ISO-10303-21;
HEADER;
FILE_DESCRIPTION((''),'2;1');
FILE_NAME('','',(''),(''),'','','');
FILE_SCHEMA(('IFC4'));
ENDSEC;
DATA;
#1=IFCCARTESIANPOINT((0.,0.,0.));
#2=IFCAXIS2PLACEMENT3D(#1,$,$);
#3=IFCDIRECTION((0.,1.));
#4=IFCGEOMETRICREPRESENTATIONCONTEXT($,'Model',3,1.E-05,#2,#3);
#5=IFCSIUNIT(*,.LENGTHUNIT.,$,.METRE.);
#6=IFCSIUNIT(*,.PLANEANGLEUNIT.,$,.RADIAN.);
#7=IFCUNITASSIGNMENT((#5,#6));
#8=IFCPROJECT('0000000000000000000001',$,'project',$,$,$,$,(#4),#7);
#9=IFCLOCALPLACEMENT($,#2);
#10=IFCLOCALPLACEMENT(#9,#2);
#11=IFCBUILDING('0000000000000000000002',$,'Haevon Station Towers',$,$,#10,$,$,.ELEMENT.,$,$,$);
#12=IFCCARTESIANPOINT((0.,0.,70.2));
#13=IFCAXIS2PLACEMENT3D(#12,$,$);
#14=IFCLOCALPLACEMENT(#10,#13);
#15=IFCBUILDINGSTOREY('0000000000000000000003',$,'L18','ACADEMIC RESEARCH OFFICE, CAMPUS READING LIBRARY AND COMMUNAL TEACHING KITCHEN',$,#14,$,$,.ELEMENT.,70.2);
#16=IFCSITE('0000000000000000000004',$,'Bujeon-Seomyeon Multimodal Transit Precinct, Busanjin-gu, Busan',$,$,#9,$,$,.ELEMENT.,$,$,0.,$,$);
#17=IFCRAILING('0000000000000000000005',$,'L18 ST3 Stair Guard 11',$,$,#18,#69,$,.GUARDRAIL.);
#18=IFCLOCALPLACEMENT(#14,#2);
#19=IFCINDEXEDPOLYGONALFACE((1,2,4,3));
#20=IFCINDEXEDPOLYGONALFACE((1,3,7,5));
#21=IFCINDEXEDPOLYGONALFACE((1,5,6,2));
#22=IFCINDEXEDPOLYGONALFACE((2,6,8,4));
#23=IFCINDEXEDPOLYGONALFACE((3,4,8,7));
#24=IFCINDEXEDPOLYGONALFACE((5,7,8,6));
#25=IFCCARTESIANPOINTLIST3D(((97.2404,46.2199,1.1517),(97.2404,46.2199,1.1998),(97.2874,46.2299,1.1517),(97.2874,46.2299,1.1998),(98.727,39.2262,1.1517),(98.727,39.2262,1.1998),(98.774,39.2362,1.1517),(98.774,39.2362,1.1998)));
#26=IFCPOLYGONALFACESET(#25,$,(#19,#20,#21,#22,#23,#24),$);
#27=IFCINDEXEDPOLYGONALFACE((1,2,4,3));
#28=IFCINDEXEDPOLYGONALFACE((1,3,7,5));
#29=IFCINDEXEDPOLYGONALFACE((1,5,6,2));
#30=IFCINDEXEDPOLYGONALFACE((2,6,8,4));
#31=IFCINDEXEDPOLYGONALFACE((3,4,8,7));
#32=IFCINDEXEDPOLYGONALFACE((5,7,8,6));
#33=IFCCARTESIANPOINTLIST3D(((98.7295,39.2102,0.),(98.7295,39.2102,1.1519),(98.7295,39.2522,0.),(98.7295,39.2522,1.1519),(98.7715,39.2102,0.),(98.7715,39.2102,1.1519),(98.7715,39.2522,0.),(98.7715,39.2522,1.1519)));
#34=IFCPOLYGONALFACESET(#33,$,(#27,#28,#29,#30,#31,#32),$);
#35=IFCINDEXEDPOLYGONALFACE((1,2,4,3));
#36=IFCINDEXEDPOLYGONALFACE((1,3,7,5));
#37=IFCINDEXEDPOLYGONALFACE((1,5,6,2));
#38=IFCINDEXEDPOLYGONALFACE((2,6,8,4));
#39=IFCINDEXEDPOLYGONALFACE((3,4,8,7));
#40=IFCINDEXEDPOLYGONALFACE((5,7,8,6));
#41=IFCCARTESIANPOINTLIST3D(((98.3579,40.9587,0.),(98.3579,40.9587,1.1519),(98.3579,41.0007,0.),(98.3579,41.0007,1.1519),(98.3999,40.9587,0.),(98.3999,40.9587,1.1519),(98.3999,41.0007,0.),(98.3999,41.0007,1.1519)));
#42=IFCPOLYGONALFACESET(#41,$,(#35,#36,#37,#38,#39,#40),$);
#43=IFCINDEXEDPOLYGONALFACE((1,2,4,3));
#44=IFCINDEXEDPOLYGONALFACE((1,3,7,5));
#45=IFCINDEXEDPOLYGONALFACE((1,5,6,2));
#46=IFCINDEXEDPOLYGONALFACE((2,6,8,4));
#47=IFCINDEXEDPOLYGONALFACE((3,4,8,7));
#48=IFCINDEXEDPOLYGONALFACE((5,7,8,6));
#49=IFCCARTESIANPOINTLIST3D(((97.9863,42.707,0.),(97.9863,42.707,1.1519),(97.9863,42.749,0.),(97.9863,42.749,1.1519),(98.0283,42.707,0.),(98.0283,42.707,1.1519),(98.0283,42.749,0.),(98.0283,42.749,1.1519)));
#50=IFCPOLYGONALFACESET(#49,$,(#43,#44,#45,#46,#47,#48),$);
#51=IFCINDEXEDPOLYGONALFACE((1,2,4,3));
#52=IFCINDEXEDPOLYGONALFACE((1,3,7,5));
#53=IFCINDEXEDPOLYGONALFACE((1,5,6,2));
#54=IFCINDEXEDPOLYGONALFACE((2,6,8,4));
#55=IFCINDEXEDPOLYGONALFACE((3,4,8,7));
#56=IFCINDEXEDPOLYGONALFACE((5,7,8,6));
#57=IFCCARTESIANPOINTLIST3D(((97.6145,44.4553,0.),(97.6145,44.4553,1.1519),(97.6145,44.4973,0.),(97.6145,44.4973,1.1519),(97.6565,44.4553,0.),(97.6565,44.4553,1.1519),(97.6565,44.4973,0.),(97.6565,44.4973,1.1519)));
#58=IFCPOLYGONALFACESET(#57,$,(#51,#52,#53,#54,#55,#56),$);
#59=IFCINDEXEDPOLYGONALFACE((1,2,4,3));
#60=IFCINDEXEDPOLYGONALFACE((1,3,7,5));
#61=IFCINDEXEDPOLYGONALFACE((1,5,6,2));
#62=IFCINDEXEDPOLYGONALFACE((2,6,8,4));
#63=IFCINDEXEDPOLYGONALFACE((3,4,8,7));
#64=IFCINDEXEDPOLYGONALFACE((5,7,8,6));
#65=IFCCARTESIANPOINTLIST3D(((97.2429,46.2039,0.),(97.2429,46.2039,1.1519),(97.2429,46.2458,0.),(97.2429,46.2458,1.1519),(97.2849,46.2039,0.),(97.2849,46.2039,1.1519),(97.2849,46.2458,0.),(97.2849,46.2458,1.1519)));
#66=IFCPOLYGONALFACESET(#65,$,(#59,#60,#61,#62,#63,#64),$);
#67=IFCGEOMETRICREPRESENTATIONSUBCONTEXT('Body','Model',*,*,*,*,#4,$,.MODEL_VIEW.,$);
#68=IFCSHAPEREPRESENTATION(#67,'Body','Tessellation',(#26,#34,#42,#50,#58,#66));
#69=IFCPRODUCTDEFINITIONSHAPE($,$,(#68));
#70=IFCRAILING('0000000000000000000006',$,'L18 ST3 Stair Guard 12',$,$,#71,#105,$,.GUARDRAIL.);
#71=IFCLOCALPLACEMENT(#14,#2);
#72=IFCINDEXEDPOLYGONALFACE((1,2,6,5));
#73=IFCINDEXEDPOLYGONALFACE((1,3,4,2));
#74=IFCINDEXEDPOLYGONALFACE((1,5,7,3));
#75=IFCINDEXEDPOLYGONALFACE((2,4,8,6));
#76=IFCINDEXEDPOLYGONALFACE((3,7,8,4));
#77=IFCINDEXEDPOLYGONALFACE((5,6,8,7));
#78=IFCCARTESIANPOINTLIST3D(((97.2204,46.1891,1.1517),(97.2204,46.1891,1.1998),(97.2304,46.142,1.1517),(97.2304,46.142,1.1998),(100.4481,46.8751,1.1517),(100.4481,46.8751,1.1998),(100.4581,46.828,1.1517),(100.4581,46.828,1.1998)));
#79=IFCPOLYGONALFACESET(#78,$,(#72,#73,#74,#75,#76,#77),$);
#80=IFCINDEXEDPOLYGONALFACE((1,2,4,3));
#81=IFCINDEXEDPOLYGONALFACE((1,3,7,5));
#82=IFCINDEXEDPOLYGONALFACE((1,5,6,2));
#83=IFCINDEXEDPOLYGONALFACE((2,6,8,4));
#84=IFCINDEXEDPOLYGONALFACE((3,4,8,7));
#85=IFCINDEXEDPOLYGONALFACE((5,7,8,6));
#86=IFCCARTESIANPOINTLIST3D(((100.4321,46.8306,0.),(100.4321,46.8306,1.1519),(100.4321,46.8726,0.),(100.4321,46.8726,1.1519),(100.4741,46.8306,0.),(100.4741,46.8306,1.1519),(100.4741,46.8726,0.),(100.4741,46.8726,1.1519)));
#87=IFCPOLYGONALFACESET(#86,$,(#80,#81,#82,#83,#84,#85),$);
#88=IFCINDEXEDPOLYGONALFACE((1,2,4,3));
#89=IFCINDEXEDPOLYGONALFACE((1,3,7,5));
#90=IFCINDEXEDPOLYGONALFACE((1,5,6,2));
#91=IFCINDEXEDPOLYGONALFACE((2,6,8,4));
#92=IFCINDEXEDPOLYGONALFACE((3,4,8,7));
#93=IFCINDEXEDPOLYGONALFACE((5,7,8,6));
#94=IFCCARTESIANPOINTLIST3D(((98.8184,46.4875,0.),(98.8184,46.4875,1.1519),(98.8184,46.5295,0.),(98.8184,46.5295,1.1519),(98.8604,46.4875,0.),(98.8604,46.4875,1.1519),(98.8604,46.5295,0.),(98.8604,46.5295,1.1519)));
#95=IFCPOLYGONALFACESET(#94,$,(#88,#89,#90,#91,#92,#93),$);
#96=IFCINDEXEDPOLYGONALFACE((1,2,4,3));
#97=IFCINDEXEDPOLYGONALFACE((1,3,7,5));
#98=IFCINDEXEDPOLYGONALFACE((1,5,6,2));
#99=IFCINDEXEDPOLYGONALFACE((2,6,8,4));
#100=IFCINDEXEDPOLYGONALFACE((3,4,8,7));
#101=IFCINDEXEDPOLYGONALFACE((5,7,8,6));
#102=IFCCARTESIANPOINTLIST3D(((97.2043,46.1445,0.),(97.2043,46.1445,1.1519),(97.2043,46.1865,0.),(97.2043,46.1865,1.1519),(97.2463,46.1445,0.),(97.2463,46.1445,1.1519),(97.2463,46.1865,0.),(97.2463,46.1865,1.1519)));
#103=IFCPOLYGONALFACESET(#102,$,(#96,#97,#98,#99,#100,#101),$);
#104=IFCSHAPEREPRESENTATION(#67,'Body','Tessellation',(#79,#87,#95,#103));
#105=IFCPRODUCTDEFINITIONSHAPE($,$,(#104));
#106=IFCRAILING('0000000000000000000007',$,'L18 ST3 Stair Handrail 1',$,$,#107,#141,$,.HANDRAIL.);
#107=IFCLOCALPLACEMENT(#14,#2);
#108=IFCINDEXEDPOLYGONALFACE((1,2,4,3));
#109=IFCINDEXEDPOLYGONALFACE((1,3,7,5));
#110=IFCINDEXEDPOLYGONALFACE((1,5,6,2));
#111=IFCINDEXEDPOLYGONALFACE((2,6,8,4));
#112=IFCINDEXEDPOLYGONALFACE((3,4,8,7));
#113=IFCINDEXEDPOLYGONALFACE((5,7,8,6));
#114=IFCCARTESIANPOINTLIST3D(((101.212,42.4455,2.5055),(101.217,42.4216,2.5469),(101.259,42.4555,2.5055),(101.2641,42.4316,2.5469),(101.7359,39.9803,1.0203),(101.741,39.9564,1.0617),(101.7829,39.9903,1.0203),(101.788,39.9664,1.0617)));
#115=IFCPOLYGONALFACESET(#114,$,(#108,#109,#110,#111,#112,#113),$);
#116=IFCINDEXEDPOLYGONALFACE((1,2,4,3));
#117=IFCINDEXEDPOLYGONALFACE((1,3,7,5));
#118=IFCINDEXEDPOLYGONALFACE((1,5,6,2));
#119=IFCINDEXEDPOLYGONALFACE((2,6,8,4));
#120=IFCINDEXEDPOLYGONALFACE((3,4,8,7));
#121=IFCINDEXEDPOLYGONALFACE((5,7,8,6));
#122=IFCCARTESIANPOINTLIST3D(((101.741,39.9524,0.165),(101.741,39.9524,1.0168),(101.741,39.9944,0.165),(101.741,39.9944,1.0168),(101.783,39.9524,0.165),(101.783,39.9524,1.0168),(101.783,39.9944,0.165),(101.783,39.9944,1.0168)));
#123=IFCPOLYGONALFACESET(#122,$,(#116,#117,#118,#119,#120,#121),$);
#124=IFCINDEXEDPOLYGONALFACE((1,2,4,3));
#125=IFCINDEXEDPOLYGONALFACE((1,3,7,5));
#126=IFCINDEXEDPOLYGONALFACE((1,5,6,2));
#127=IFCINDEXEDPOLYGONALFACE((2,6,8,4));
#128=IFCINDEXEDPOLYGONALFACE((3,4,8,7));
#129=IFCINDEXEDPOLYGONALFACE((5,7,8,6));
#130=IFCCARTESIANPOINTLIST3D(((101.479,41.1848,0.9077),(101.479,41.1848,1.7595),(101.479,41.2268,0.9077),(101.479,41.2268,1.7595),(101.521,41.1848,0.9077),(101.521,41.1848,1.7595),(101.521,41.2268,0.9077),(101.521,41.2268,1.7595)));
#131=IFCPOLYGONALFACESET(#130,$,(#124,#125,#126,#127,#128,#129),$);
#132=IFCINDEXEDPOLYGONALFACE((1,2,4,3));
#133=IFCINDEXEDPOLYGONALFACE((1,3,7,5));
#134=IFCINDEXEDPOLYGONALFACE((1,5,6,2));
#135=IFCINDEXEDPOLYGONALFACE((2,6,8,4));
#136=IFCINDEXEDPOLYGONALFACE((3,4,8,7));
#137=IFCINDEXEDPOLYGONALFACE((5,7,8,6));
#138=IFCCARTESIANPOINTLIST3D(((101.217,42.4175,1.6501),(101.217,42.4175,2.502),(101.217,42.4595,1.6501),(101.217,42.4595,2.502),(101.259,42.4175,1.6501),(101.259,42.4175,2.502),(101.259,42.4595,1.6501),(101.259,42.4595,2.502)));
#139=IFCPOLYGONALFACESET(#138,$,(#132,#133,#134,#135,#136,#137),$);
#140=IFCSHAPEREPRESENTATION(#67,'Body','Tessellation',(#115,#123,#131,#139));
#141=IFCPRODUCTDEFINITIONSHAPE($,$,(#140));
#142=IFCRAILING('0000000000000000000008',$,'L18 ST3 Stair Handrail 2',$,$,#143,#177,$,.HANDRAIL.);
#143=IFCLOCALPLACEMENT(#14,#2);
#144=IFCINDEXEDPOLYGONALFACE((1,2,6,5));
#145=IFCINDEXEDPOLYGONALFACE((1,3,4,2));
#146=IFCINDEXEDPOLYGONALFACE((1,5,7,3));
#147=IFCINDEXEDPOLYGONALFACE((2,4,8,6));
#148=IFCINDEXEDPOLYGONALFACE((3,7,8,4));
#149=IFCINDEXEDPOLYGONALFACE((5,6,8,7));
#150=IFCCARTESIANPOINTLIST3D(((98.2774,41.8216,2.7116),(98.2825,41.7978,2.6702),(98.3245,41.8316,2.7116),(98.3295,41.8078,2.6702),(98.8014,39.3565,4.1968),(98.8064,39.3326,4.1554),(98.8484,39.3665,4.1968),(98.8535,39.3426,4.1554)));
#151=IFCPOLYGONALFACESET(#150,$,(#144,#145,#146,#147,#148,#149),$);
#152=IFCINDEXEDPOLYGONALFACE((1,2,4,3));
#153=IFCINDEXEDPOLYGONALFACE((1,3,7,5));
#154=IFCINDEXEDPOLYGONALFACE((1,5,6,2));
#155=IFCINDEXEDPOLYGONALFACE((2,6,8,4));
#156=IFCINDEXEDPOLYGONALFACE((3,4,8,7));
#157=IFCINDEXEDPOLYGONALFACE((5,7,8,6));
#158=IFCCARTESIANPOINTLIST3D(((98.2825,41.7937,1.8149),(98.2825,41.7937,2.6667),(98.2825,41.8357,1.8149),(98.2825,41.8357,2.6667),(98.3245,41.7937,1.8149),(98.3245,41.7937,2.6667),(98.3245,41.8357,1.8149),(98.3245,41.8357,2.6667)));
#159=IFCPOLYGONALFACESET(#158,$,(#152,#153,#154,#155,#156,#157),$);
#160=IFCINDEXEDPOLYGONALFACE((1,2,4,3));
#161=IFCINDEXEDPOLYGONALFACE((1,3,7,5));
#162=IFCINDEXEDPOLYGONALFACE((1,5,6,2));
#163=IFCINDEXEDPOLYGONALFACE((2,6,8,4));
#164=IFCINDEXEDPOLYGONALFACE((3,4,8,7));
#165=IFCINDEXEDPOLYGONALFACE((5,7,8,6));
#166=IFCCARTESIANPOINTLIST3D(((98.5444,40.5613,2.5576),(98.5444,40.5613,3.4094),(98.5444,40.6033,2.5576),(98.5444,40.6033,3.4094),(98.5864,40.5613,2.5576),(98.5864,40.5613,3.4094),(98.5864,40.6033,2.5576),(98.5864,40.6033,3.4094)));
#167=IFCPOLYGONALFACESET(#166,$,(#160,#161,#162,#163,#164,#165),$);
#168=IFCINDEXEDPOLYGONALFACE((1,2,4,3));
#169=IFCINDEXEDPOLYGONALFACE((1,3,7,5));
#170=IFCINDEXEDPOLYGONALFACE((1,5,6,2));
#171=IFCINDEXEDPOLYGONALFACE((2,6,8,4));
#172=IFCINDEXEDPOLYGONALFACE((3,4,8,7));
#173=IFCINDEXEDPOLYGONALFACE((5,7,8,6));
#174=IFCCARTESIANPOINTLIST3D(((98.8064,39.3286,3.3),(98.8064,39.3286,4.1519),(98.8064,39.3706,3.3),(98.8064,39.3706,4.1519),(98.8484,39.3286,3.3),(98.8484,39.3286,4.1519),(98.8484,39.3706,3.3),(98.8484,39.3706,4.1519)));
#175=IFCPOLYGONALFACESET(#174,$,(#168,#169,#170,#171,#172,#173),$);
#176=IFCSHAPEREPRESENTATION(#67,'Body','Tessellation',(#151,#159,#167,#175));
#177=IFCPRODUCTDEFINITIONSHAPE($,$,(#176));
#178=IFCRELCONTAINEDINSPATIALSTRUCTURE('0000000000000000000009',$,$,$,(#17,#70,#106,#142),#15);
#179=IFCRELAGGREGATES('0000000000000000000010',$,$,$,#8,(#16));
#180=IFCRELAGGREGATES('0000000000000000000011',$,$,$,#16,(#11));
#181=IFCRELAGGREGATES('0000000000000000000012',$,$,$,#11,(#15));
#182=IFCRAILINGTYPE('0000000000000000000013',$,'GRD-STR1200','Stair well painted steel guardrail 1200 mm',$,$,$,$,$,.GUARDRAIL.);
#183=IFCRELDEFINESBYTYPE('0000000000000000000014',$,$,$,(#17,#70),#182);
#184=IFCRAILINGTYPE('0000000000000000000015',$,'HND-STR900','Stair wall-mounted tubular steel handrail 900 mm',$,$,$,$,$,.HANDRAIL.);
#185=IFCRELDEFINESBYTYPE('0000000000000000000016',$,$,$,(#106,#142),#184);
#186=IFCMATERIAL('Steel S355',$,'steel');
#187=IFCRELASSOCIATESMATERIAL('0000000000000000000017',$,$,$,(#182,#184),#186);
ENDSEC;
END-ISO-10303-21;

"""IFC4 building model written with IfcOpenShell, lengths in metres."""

from ifc_helpers import new_model, si_unit, direction, frame, origin, origin_2d, place, context, subcontext, project, spatial, rectangle, extrude, material, type_object, element, save


model = new_model("IFC4")

# Units and contexts
model_context = context("Model", 3, precision=1e-05, world=origin(), true_north=direction((0.0, 1.0)))
body_context = subcontext(model_context, "Body", "Model", "MODEL_VIEW")
ifc_project = project(units=[si_unit("LENGTHUNIT", "METRE"), si_unit("PLANEANGLEUNIT", "RADIAN")], contexts=[model_context])

# Site, building, storey
site_placement = place(None, origin())
site = spatial("IfcSite", under=ifc_project, at=site_placement, Name="Bujeon-Seomyeon Multimodal Transit Precinct, Busanjin-gu, Busan", CompositionType="ELEMENT", RefElevation=0.0)
building_placement = place(site_placement, origin())
building = spatial("IfcBuilding", under=site, at=building_placement, Name="Haevon Station Towers", CompositionType="ELEMENT")
storey_placement = place(building_placement, frame((0.0, 0.0, 70.2)))
storey = spatial("IfcBuildingStorey", under=building, at=storey_placement, Name="L18", Description="ACADEMIC RESEARCH OFFICE, CAMPUS READING LIBRARY AND COMMUNAL TEACHING KITCHEN", CompositionType="ELEMENT", Elevation=70.2)

# Shared definitions
ifc_material_1 = material(Name="Steel S355", Category="steel")

# Railings
railing_type_1 = type_object("IfcRailingType", Name="GRD-STR1200", Description="Stair well painted steel guardrail 1200 mm", PredefinedType="GUARDRAIL", material=ifc_material_1)
railing_1_placement = place(storey_placement, frame((98.7505, 39.2312, 0.0)))
element("IfcRailing", 1, at=railing_1_placement, inside=storey, type_object=railing_type_1, Name="L18 ST3 Stair Guard 11", PredefinedType="GUARDRAIL", context=body_context, shape_type="SweptSolid", body=[
    extrude(rectangle(XDim=0.0481, YDim=0.0481, at=origin_2d()), frame((0.0, 0.0, 1.1758), z_axis=(-0.207915, 0.978147, 0.0), x_axis=(-0.978147, -0.207915, 0.0)), (0.0, 0.0, 1.0), 7.1499),
    extrude(rectangle(XDim=0.042, YDim=0.042, at=origin_2d()), origin(), (0.0, 0.0, 1.0), 1.1519),
    extrude(rectangle(XDim=0.042, YDim=0.042, at=origin_2d()), frame((-0.3716, 1.7485, 0.0)), (0.0, 0.0, 1.0), 1.1519),
    extrude(rectangle(XDim=0.042, YDim=0.042, at=origin_2d()), frame((-0.7432, 3.4968, 0.0)), (0.0, 0.0, 1.0), 1.1519),
    extrude(rectangle(XDim=0.042, YDim=0.042, at=origin_2d()), frame((-1.115, 5.2451, 0.0)), (0.0, 0.0, 1.0), 1.1519),
    extrude(rectangle(XDim=0.042, YDim=0.042, at=origin_2d()), frame((-1.4866, 6.9937, 0.0)), (0.0, 0.0, 1.0), 1.1519),
])
railing_2_placement = place(storey_placement, frame((100.4531, 46.8516, 0.0)))
element("IfcRailing", 2, at=railing_2_placement, inside=storey, type_object=railing_type_1, Name="L18 ST3 Stair Guard 12", PredefinedType="GUARDRAIL", context=body_context, shape_type="SweptSolid", body=[
    extrude(rectangle(XDim=0.0481, YDim=0.0481, at=origin_2d()), frame((0.0, 0.0, 1.1758), z_axis=(-0.978151, -0.207897, 0.0), x_axis=(0.207897, -0.978151, 0.0)), (0.0, 0.0, 1.0), 3.2998),
    extrude(rectangle(XDim=0.042, YDim=0.042, at=origin_2d()), origin(), (0.0, 0.0, 1.0), 1.1519),
    extrude(rectangle(XDim=0.042, YDim=0.042, at=origin_2d()), frame((-1.6138, -0.343, 0.0)), (0.0, 0.0, 1.0), 1.1519),
    extrude(rectangle(XDim=0.042, YDim=0.042, at=origin_2d()), frame((-3.2278, -0.686, 0.0)), (0.0, 0.0, 1.0), 1.1519),
])
railing_type_2 = type_object("IfcRailingType", Name="HND-STR900", Description="Stair wall-mounted tubular steel handrail 900 mm", PredefinedType="HANDRAIL", material=ifc_material_1)
railing_3_placement = place(storey_placement, frame((101.762, 39.9734, 0.165)))
element("IfcRailing", 3, at=railing_3_placement, inside=storey, type_object=railing_type_2, Name="L18 ST3 Stair Handrail 1", PredefinedType="HANDRAIL", context=body_context, shape_type="SweptSolid", body=[
    extrude(rectangle(XDim=0.0481, YDim=0.0481, at=origin_2d()), frame((0.0, 0.0, 0.876), z_axis=(-0.179109, 0.842712, 0.507697), x_axis=(-0.978151, -0.207895, 0.0)), (0.0, 0.0, 1.0), 2.9253),
    extrude(rectangle(XDim=0.042, YDim=0.042, at=origin_2d()), origin(), (0.0, 0.0, 1.0), 0.8518),
    extrude(rectangle(XDim=0.042, YDim=0.042, at=origin_2d()), frame((-0.262, 1.2324, 0.7427)), (0.0, 0.0, 1.0), 0.8518),
    extrude(rectangle(XDim=0.042, YDim=0.042, at=origin_2d()), frame((-0.5239, 2.4651, 1.4851)), (0.0, 0.0, 1.0), 0.8518),
])
railing_4_placement = place(storey_placement, frame((98.3035, 41.8147, 1.8149)))
element("IfcRailing", 4, at=railing_4_placement, inside=storey, type_object=railing_type_2, Name="L18 ST3 Stair Handrail 2", PredefinedType="HANDRAIL", context=body_context, shape_type="SweptSolid", body=[
    extrude(rectangle(XDim=0.0481, YDim=0.0481, at=origin_2d()), frame((0.0, 0.0, 0.876), z_axis=(0.179109, -0.842712, 0.507697), x_axis=(0.978151, 0.207895, 0.0)), (0.0, 0.0, 1.0), 2.9253),
    extrude(rectangle(XDim=0.042, YDim=0.042, at=origin_2d()), origin(), (0.0, 0.0, 1.0), 0.8518),
    extrude(rectangle(XDim=0.042, YDim=0.042, at=origin_2d()), frame((0.262, -1.2324, 0.7427)), (0.0, 0.0, 1.0), 0.8518),
    extrude(rectangle(XDim=0.042, YDim=0.042, at=origin_2d()), frame((0.5239, -2.4651, 1.4851)), (0.0, 0.0, 1.0), 0.8518),
])

save(model, "model.ifc")
